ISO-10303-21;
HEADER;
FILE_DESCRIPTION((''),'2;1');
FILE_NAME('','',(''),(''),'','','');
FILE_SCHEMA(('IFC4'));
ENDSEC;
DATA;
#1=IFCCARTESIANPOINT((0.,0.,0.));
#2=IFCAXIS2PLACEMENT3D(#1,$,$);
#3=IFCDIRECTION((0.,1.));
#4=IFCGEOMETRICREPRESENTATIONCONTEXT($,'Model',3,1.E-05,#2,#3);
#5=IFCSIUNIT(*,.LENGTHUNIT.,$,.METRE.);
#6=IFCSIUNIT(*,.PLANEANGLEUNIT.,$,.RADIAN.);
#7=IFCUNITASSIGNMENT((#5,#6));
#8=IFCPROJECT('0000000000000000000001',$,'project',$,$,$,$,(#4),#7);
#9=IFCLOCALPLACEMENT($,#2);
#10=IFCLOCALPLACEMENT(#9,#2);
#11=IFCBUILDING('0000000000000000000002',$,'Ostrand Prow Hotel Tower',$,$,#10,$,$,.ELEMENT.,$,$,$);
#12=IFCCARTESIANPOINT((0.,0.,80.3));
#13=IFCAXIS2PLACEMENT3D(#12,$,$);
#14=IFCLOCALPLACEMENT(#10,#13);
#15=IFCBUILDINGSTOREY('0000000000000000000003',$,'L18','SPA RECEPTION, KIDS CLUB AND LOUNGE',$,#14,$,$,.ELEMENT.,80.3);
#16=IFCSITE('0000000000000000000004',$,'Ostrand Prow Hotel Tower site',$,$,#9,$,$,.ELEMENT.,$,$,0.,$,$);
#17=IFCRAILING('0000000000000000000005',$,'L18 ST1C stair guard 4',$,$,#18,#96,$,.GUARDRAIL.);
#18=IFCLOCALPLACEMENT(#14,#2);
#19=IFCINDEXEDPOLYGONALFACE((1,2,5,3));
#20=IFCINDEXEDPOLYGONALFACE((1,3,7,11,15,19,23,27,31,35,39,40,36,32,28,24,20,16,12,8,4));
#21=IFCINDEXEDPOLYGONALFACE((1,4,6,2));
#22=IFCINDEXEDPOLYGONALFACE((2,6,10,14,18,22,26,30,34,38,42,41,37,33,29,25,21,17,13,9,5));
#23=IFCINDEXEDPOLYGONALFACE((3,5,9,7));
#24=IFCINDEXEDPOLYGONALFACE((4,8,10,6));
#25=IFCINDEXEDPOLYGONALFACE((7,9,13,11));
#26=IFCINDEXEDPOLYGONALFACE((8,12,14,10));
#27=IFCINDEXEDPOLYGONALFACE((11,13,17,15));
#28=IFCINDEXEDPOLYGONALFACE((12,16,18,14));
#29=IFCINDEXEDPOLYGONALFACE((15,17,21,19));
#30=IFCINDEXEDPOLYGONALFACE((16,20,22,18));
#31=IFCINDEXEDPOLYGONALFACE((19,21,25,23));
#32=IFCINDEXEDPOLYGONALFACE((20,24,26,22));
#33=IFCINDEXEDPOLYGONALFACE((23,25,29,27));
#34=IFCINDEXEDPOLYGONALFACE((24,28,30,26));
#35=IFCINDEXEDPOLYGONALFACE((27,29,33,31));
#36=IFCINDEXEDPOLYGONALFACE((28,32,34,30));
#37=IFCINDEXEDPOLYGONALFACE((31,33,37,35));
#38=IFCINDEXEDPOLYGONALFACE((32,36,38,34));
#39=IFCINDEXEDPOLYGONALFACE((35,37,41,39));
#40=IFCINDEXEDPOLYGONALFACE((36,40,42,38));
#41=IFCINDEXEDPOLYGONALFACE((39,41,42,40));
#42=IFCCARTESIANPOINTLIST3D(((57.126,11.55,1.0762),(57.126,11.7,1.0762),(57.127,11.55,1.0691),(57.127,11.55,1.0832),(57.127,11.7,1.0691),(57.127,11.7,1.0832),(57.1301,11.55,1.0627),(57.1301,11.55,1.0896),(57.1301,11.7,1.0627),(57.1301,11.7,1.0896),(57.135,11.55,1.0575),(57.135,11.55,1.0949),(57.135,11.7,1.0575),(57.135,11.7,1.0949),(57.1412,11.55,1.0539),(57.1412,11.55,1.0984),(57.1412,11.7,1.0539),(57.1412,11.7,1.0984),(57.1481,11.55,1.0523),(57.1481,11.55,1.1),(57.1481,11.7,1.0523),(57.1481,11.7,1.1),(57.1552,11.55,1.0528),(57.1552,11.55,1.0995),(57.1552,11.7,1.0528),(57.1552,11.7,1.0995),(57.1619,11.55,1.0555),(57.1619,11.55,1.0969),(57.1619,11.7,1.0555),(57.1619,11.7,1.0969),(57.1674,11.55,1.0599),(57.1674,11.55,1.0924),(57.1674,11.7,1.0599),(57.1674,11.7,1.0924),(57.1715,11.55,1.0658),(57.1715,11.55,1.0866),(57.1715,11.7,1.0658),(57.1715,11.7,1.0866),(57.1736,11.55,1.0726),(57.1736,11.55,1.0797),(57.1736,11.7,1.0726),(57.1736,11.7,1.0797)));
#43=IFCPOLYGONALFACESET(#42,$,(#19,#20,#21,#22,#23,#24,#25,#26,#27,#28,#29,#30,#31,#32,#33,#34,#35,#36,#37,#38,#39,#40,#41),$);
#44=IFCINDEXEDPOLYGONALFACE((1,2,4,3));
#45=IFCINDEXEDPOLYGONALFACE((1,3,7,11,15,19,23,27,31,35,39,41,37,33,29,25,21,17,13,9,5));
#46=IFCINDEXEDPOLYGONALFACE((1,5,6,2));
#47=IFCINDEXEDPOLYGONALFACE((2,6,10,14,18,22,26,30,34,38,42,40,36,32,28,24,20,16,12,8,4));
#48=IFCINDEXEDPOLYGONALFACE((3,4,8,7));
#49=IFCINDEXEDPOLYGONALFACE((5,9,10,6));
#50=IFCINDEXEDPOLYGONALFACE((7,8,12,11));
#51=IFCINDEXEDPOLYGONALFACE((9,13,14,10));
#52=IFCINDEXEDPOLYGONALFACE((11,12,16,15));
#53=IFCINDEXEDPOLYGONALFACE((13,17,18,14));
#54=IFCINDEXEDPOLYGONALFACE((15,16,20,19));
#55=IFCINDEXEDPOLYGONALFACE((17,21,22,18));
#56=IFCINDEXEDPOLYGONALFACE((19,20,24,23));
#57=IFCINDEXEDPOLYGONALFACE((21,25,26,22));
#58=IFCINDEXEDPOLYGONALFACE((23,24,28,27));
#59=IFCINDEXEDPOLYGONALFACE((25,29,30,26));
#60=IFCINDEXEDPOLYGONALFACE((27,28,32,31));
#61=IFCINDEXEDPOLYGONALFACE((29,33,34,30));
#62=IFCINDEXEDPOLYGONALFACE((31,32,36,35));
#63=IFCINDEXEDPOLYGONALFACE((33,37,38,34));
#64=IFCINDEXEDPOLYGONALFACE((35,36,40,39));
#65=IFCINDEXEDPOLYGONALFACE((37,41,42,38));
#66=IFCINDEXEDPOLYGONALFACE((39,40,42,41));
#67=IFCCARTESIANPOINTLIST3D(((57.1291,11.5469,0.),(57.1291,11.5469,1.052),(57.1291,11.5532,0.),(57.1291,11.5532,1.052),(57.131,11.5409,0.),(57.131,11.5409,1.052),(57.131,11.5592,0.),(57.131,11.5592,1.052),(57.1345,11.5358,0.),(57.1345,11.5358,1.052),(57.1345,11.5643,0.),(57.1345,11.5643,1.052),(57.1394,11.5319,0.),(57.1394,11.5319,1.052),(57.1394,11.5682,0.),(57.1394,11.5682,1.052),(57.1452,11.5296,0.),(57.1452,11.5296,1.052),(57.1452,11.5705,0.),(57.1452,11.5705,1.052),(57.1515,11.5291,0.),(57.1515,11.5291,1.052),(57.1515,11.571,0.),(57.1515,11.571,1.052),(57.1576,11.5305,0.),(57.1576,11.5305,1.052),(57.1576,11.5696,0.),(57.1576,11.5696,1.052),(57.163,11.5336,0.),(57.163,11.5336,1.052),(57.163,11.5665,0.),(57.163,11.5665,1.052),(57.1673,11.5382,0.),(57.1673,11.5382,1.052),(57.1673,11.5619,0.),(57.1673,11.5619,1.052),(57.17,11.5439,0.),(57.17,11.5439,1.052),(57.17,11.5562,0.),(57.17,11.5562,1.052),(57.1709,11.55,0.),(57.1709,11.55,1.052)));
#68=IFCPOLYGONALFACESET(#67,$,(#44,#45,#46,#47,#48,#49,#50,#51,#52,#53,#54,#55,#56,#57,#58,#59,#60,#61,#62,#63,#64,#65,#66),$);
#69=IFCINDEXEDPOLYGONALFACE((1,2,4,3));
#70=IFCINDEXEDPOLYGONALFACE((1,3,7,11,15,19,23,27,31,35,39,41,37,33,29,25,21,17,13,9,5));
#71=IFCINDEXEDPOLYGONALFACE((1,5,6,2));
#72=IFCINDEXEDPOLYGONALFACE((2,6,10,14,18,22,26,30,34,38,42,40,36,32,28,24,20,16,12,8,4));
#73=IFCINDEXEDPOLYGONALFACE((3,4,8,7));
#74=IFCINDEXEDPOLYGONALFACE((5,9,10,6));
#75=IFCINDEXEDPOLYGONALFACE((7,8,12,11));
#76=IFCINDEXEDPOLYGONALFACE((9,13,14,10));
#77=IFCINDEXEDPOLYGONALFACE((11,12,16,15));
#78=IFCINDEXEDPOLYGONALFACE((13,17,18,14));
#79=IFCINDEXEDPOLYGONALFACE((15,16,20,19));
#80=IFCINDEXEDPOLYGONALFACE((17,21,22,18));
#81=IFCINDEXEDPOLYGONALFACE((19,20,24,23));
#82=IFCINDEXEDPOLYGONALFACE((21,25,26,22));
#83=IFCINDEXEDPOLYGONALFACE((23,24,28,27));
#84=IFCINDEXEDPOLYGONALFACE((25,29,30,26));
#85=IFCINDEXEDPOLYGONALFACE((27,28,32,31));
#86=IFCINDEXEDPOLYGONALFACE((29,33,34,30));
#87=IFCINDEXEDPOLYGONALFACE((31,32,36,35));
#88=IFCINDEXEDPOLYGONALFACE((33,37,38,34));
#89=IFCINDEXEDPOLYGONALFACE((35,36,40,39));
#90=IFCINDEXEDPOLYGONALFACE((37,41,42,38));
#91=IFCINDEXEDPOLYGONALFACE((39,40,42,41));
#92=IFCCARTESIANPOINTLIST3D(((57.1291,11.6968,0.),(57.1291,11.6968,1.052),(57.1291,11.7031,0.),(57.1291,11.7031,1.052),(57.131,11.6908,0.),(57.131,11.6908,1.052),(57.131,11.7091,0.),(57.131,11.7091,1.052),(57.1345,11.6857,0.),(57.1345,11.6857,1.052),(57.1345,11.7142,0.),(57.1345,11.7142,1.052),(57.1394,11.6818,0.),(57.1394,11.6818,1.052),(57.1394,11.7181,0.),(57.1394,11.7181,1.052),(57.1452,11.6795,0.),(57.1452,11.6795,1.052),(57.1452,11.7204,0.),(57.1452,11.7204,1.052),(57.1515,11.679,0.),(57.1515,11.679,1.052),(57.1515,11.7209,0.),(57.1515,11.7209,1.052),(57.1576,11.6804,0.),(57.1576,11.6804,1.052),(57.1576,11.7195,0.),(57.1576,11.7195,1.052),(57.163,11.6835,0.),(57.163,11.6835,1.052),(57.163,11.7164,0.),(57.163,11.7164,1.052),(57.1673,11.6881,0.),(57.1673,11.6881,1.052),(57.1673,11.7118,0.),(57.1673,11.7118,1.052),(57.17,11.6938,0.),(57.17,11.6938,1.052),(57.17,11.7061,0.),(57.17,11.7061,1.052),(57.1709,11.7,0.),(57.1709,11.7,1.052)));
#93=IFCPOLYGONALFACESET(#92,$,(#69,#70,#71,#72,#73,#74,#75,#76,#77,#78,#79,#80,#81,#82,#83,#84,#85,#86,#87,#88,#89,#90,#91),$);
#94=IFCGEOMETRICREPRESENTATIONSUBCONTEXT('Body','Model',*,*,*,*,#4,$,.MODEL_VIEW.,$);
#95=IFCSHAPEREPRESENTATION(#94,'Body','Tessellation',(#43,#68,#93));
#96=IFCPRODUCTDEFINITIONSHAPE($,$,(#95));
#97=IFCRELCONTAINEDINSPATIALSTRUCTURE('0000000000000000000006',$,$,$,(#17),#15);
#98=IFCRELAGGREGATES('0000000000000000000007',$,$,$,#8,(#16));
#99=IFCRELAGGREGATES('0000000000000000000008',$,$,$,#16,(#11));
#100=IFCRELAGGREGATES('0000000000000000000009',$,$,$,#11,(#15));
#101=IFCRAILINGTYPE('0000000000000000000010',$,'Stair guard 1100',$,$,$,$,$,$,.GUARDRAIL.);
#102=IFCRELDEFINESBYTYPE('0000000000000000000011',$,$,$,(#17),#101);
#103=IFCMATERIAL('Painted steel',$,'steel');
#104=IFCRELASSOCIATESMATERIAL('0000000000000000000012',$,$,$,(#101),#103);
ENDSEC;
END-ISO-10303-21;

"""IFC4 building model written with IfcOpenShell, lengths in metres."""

from ifc_helpers import new_model, si_unit, direction, frame, origin, origin_2d, place, context, subcontext, project, spatial, circle, extrude, material, type_object, element, save


model = new_model("IFC4")

# Units and contexts
model_context = context("Model", 3, precision=1e-05, world=origin(), true_north=direction((0.0, 1.0)))
body_context = subcontext(model_context, "Body", "Model", "MODEL_VIEW")
ifc_project = project(units=[si_unit("LENGTHUNIT", "METRE"), si_unit("PLANEANGLEUNIT", "RADIAN")], contexts=[model_context])

# Site, building, storey
site_placement = place(None, origin())
site = spatial("IfcSite", under=ifc_project, at=site_placement, Name="Ostrand Prow Hotel Tower site", CompositionType="ELEMENT", RefElevation=0.0)
building_placement = place(site_placement, origin())
building = spatial("IfcBuilding", under=site, at=building_placement, Name="Ostrand Prow Hotel Tower", CompositionType="ELEMENT")
storey_placement = place(building_placement, frame((0.0, 0.0, 80.3)))
storey = spatial("IfcBuildingStorey", under=building, at=storey_placement, Name="L18", Description="SPA RECEPTION, KIDS CLUB AND LOUNGE", CompositionType="ELEMENT", Elevation=80.3)

# Railing
ifc_material_1 = material(Name="Painted steel", Category="steel")
railing_type_1 = type_object("IfcRailingType", Name="Stair guard 1100", PredefinedType="GUARDRAIL", material=ifc_material_1)
railing_1_placement = place(storey_placement, frame((57.1499, 11.55, 0.0)))
element("IfcRailing", 1, at=railing_1_placement, inside=storey, type_object=railing_type_1, Name="L18 ST1C stair guard 4", PredefinedType="GUARDRAIL", context=body_context, shape_type="SweptSolid", body=[
    extrude(circle(Radius=0.0239, at=origin_2d()), frame((0.0, 0.0, 1.0762), z_axis=(0.0, 1.0, 0.0), x_axis=(-1.0, 0.0, 0.0)), (0.0, 0.0, 1.0), 0.1499),
    extrude(circle(Radius=0.021, at=origin_2d()), origin(), (0.0, 0.0, 1.0), 1.052),
    extrude(circle(Radius=0.021, at=origin_2d()), frame((0.0, 0.1499, 0.0)), (0.0, 0.0, 1.0), 1.052),
])

save(model, "model.ifc")
